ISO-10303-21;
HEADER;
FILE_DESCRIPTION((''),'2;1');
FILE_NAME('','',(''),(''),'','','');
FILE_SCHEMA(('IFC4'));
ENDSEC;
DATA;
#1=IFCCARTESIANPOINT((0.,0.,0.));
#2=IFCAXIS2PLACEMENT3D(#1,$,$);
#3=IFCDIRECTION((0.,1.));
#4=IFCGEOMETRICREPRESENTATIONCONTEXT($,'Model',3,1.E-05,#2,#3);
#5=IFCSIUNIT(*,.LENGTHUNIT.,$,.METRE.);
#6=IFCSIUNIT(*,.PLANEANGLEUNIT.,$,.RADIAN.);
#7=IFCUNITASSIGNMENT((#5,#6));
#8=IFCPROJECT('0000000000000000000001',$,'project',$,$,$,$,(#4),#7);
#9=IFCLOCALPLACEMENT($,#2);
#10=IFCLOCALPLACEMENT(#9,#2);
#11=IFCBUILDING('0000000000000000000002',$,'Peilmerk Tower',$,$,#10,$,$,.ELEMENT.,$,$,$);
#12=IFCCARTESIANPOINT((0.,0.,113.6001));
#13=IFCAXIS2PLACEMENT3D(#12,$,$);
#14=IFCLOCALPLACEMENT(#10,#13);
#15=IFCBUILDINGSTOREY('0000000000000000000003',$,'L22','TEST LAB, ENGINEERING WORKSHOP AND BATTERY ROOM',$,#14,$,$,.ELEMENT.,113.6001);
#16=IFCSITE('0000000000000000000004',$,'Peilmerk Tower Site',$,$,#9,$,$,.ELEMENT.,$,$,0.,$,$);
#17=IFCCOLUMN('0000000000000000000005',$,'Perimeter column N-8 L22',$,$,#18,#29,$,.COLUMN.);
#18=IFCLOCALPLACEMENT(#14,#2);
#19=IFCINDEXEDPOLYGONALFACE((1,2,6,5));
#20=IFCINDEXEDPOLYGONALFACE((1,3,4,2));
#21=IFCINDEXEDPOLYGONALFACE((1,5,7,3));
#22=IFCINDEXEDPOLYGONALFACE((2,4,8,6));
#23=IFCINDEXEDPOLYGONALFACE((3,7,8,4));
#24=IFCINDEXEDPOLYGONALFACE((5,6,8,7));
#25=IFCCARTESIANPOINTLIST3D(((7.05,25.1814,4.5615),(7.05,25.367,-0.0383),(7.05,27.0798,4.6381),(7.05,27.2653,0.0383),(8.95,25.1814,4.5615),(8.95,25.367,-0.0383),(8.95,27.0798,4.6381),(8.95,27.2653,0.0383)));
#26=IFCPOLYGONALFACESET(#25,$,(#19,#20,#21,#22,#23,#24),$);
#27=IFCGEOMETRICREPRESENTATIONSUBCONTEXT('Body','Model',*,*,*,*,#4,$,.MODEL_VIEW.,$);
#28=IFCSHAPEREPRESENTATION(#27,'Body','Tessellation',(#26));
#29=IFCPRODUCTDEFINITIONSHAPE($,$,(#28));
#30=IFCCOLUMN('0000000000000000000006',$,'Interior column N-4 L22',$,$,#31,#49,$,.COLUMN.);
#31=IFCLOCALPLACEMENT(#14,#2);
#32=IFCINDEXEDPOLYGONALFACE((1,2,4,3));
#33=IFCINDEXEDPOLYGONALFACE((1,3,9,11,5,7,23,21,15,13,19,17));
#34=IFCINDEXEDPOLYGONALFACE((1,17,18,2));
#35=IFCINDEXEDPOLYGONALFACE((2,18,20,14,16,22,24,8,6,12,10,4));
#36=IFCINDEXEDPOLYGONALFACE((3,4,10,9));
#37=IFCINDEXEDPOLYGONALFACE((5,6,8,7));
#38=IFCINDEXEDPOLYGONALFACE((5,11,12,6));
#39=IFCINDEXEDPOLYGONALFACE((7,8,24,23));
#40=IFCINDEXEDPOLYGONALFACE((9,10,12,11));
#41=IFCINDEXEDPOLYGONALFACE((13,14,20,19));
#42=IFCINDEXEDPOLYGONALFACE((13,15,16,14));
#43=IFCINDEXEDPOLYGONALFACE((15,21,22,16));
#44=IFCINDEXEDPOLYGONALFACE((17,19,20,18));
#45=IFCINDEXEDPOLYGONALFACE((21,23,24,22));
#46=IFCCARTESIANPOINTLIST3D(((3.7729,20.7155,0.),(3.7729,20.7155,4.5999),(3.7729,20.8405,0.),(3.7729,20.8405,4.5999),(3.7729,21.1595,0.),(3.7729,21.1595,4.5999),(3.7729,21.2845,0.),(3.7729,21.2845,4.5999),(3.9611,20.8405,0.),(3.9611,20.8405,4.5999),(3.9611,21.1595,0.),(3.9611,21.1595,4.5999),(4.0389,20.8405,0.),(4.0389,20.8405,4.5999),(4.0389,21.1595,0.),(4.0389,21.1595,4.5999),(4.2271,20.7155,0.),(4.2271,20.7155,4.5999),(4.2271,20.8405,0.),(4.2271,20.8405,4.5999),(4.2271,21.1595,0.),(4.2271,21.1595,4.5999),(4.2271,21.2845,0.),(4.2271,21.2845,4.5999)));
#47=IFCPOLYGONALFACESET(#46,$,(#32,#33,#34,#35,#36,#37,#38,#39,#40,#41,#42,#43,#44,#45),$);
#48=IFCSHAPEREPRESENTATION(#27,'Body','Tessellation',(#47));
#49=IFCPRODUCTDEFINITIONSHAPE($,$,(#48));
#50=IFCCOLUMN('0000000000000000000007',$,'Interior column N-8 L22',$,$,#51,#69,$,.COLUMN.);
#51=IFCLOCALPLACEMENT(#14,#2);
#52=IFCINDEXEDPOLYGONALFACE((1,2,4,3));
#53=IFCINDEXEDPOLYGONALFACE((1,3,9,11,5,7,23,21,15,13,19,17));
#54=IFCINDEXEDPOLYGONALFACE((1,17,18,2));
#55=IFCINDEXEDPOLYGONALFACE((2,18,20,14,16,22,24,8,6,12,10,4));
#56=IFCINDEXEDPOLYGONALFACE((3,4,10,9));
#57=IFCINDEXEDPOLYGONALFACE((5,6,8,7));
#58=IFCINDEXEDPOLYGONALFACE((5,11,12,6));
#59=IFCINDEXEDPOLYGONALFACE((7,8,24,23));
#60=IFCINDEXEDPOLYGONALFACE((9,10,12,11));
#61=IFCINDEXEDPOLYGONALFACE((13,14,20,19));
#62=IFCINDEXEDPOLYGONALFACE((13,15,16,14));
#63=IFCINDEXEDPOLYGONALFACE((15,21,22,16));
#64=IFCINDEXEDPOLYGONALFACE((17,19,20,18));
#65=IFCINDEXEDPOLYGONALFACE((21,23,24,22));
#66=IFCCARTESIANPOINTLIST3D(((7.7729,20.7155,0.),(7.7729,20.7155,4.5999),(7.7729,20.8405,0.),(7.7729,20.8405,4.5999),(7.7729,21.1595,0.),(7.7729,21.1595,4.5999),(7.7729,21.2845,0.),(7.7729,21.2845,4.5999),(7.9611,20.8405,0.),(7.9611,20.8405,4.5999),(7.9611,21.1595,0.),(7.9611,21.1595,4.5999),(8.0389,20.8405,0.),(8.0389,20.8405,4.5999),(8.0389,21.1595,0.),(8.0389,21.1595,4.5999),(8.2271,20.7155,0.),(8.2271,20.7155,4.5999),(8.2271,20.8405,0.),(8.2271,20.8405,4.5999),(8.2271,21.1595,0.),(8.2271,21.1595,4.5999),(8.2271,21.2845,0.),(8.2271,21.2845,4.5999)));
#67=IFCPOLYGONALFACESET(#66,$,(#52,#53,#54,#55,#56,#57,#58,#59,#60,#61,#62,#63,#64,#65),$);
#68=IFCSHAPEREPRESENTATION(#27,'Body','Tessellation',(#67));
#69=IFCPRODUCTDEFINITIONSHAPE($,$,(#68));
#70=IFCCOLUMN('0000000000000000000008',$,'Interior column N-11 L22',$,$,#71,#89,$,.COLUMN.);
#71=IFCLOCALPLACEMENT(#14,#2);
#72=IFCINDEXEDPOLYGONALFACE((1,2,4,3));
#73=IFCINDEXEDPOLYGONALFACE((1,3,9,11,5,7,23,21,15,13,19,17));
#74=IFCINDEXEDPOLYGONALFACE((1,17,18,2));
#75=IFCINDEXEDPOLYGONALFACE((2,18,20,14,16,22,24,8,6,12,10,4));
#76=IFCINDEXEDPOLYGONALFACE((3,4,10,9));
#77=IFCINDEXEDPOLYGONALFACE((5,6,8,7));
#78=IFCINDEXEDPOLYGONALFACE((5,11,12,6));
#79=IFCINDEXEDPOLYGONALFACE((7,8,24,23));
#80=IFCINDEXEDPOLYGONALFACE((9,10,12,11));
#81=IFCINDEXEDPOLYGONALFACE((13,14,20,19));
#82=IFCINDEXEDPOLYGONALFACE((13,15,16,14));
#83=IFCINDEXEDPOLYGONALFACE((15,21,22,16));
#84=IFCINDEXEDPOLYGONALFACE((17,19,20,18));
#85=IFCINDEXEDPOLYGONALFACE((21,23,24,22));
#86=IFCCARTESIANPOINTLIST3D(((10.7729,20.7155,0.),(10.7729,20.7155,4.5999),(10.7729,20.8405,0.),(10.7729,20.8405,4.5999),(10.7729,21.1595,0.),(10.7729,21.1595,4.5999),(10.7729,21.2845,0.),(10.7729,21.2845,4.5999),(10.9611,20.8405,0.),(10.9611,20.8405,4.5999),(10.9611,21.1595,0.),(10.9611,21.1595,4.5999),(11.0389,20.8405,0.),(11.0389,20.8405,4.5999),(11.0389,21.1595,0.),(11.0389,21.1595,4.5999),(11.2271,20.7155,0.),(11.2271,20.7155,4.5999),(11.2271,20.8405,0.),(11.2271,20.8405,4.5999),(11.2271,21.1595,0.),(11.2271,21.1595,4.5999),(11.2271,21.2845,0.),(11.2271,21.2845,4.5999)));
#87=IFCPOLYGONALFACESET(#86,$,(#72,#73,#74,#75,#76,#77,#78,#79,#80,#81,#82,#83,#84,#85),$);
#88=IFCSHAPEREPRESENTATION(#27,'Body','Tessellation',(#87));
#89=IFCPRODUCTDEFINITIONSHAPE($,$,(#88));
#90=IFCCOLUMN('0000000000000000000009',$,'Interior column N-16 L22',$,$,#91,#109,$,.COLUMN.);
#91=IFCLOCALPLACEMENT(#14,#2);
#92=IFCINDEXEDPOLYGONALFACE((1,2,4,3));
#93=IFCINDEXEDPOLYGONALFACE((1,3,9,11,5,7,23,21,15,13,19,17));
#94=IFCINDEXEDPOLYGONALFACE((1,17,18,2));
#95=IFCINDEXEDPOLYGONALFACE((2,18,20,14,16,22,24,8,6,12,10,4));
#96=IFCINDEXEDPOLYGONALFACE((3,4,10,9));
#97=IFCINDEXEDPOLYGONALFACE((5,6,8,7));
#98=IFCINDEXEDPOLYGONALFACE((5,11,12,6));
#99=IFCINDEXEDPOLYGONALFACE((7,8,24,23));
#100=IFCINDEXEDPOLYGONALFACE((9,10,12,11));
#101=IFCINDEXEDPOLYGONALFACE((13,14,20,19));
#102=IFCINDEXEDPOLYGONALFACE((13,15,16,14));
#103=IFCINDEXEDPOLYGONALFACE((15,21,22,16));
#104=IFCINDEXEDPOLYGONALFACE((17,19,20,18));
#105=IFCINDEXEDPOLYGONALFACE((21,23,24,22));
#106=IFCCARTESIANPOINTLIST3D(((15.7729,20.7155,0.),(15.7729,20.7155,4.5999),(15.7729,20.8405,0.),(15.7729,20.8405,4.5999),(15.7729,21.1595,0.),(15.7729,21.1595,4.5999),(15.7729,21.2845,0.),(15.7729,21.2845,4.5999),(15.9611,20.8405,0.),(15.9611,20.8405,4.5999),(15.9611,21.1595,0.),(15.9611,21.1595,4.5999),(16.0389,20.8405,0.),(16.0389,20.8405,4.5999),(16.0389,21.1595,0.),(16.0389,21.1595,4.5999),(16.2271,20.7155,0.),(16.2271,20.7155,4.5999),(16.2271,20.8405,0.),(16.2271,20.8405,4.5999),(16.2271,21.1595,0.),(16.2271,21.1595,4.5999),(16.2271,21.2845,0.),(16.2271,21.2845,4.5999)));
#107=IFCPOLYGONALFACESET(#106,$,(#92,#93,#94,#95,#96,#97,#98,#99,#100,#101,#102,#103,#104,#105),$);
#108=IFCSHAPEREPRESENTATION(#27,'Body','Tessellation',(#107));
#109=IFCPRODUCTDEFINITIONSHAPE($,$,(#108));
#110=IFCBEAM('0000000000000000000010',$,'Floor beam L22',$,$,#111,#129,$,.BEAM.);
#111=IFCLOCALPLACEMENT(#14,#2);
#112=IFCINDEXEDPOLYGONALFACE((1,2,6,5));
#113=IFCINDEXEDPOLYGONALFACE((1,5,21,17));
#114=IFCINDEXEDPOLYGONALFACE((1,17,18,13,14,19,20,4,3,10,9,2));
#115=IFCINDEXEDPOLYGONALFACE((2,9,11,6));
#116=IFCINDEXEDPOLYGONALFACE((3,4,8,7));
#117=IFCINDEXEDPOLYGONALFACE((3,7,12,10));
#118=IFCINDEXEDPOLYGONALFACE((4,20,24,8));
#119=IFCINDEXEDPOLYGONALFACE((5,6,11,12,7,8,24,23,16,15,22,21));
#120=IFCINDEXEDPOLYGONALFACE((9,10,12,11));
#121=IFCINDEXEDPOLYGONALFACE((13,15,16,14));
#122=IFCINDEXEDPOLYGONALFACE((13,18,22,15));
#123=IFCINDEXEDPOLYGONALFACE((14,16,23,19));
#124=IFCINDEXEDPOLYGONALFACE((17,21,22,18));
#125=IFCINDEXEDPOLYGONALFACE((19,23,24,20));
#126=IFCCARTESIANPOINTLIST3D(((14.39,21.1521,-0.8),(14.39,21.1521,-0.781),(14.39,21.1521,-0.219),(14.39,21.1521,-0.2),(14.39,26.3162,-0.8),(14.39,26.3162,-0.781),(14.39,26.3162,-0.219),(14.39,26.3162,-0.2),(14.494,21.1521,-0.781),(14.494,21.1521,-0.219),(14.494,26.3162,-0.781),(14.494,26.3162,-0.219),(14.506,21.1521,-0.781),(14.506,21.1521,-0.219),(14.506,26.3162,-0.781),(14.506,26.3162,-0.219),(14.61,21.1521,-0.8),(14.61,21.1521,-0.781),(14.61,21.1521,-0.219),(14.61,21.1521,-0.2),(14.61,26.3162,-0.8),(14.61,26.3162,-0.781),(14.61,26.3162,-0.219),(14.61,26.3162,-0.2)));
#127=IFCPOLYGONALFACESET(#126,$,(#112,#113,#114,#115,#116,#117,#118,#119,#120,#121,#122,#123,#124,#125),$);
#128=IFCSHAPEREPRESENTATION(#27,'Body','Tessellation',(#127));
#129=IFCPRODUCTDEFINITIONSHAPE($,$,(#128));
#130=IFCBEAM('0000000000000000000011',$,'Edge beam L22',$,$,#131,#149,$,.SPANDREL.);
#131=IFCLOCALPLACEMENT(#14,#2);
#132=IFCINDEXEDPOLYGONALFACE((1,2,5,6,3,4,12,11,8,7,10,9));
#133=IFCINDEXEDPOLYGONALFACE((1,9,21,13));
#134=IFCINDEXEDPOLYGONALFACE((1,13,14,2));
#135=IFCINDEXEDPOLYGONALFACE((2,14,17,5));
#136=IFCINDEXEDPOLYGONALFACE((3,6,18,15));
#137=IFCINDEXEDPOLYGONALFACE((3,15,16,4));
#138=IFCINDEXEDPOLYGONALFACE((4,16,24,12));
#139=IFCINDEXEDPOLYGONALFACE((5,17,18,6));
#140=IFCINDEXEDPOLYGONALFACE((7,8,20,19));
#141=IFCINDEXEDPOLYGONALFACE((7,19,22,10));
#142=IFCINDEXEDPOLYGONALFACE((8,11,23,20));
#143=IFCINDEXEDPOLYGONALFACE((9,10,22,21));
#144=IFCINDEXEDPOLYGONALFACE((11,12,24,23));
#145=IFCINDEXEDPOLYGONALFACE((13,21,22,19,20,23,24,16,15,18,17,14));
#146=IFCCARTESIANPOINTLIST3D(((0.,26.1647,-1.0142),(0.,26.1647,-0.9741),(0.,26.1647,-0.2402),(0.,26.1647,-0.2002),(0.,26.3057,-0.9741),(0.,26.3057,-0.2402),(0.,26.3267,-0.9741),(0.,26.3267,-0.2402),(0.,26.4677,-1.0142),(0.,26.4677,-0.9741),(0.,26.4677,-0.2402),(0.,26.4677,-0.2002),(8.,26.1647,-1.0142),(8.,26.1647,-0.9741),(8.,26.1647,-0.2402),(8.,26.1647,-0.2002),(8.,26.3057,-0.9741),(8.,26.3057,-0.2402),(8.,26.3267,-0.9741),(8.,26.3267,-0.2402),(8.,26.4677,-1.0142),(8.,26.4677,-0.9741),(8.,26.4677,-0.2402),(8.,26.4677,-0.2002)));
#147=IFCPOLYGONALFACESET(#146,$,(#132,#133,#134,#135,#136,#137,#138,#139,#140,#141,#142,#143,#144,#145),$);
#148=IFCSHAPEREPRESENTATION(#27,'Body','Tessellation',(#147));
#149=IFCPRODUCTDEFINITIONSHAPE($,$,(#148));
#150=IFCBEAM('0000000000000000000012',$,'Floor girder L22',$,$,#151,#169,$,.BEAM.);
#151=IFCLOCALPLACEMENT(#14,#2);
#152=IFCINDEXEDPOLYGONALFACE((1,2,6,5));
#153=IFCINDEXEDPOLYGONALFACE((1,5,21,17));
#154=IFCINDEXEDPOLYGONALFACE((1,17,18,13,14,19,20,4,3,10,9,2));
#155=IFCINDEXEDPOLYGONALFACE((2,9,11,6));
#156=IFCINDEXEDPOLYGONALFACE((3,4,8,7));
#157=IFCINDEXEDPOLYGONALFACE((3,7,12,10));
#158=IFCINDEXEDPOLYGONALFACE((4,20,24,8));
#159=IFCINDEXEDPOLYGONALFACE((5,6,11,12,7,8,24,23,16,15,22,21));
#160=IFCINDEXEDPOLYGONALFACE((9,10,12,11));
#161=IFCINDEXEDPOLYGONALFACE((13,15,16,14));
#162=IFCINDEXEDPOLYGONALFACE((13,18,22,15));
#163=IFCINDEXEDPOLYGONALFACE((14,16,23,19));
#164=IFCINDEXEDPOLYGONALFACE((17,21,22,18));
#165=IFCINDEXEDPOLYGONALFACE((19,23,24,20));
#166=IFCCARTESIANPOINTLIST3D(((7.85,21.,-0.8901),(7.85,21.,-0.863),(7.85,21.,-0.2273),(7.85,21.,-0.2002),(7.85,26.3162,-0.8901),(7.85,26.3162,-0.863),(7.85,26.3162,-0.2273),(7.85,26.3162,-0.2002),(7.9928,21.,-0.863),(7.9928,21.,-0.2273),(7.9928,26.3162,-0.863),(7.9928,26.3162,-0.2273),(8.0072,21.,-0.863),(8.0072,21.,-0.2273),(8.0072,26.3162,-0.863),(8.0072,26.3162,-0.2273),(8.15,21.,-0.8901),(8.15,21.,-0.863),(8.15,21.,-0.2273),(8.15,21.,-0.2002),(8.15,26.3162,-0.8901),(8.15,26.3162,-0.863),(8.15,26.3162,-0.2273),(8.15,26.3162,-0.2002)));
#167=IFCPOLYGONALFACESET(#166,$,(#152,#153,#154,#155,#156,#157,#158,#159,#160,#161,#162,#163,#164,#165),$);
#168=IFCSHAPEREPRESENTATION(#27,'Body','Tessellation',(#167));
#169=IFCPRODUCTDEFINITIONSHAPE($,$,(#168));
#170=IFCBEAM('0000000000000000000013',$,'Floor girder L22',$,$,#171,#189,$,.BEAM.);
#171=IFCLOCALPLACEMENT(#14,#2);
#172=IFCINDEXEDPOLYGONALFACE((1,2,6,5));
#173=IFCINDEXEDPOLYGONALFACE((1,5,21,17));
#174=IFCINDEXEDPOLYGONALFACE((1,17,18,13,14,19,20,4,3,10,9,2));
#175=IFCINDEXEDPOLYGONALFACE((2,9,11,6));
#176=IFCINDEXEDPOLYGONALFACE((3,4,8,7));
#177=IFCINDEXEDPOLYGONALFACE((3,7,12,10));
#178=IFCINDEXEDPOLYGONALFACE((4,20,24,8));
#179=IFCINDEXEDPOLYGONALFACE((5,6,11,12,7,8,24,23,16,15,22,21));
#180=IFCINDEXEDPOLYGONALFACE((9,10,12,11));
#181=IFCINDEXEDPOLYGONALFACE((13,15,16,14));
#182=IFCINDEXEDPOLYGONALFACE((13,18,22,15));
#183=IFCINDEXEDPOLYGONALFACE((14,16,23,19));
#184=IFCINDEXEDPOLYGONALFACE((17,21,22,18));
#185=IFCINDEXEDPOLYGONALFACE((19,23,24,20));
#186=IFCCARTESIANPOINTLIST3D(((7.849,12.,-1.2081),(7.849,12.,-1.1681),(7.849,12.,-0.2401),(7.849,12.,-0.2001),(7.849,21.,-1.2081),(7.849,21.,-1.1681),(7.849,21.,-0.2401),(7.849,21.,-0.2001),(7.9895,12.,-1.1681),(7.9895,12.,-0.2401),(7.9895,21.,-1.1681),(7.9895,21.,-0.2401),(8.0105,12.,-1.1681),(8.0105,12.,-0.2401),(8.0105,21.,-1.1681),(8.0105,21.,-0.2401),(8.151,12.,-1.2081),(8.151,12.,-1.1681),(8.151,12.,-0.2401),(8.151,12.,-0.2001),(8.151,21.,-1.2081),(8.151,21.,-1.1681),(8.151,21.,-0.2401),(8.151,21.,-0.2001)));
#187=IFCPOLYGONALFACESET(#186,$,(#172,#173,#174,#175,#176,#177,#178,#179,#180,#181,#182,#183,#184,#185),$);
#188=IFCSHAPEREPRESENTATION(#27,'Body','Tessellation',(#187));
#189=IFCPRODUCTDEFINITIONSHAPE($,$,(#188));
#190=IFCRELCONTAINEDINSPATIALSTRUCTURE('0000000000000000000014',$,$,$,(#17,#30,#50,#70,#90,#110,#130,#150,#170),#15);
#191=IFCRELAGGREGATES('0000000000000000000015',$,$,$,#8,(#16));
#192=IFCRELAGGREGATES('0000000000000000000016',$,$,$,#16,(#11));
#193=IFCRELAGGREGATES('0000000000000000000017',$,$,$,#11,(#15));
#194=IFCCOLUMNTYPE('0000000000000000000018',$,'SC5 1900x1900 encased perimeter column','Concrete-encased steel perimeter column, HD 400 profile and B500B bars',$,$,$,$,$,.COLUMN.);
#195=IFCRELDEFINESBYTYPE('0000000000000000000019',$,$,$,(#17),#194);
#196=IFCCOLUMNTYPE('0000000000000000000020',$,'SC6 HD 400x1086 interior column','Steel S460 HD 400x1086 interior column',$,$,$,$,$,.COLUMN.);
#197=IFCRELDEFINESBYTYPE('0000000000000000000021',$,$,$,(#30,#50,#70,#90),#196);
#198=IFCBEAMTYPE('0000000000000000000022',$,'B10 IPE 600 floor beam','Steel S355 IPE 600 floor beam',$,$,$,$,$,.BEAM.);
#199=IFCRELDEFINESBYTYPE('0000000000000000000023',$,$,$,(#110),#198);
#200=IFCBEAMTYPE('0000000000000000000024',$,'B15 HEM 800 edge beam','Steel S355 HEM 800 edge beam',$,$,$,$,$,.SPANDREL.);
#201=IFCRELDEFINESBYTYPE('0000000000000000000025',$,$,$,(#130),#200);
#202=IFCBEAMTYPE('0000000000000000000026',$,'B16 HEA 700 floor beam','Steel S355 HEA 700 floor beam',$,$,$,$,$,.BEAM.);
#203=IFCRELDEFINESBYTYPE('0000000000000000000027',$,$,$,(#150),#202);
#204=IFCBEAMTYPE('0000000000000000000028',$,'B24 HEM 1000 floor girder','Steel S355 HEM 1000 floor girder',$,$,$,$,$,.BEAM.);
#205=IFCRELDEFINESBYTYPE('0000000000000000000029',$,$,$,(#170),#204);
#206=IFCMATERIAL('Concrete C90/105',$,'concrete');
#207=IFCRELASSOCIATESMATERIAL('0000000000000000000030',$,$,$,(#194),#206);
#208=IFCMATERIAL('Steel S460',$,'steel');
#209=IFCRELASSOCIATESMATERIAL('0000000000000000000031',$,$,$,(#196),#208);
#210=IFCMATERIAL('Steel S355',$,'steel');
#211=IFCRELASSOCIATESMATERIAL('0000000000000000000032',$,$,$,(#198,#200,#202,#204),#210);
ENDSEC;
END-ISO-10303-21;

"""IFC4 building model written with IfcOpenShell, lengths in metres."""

from ifc_helpers import new_model, si_unit, direction, frame, origin, origin_2d, place, context, subcontext, project, spatial, rectangle, i_section, extrude, material, material_profile, profile_set, type_object, element, save


model = new_model("IFC4")

# Units and contexts
model_context = context("Model", 3, precision=1e-05, world=origin(), true_north=direction((0.0, 1.0)))
body_context = subcontext(model_context, "Body", "Model", "MODEL_VIEW")
ifc_project = project(units=[si_unit("LENGTHUNIT", "METRE"), si_unit("PLANEANGLEUNIT", "RADIAN")], contexts=[model_context])

# Site, building, storey
site_placement = place(None, origin())
site = spatial("IfcSite", under=ifc_project, at=site_placement, Name="Peilmerk Tower Site", CompositionType="ELEMENT", RefElevation=0.0)
building_placement = place(site_placement, origin())
building = spatial("IfcBuilding", under=site, at=building_placement, Name="Peilmerk Tower", CompositionType="ELEMENT")
storey_placement = place(building_placement, frame((0.0, 0.0, 113.6001)))
storey = spatial("IfcBuildingStorey", under=building, at=storey_placement, Name="L22", Description="TEST LAB, ENGINEERING WORKSHOP AND BATTERY ROOM", CompositionType="ELEMENT", Elevation=113.6001)

# Columns
ifc_material_1 = material(Name="Concrete C90/105", Category="concrete")
ifc_material_profile_1 = material_profile(ifc_material_1, rectangle(XDim=1.8999, YDim=1.8999, at=origin_2d()), Name="RC 1900x1900")
ifc_profile_set_1 = profile_set([ifc_material_profile_1], Name="Concrete C90/105")
column_type_1 = type_object("IfcColumnType", Name="SC5 1900x1900 encased perimeter column", Description="Concrete-encased steel perimeter column, HD 400 profile and B500B bars", PredefinedType="COLUMN", material=ifc_profile_set_1)
column_placement = place(storey_placement, frame((8.0, 26.3162, 0.0), z_axis=(0.0, -0.040305, 0.999187), x_axis=(1.0, 0.0, 0.0)))
element("IfcColumn", 1, at=column_placement, inside=storey, type_object=column_type_1, Name="Perimeter column N-8 L22", PredefinedType="COLUMN", context=body_context, shape_type="SweptSolid", body=[
    extrude(rectangle(XDim=1.8999, YDim=1.8999, at=origin_2d()), origin(), (0.0, 0.0, 1.0), 4.6035),
])
ifc_material_2 = material(Name="Steel S460", Category="steel")
ifc_material_profile_2 = material_profile(ifc_material_2, i_section(OverallWidth=0.4541, OverallDepth=0.5691, WebThickness=0.0779, FlangeThickness=0.125, at=origin_2d()), Name="HD 400x1086")
ifc_profile_set_2 = profile_set([ifc_material_profile_2], Name="Steel S460")
column_type_2 = type_object("IfcColumnType", Name="SC6 HD 400x1086 interior column", Description="Steel S460 HD 400x1086 interior column", PredefinedType="COLUMN", material=ifc_profile_set_2)
for number, where, z_axis, x_axis, name in (
    (2, (4.0, 21.0, 0.0), (0.0, 0.0, 1.0), (1.0, 0.0, 0.0), "Interior column N-4 L22"),
    (3, (8.0, 21.0, 0.0), (0.0, 0.0, 1.0), (1.0, 0.0, 0.0), "Interior column N-8 L22"),
    (4, (11.0, 21.0, 0.0), (0.0, 0.0, 1.0), (1.0, 0.0, 0.0), "Interior column N-11 L22"),
    (5, (16.0, 21.0, 0.0), (0.0, 0.0, 1.0), (1.0, 0.0, 0.0), "Interior column N-16 L22"),
):
    element("IfcColumn", number, at=place(storey_placement, frame(where, z_axis=z_axis, x_axis=x_axis)), inside=storey, type_object=column_type_2, Name=name, PredefinedType="COLUMN", context=body_context, shape_type="SweptSolid", body=[
        extrude(i_section(OverallWidth=0.4541, OverallDepth=0.5691, WebThickness=0.0779, FlangeThickness=0.125, at=origin_2d()), origin(), (0.0, 0.0, 1.0), 4.5999),
    ])

# Beams
ifc_material_3 = material(Name="Steel S355", Category="steel")
ifc_material_profile_3 = material_profile(ifc_material_3, i_section(OverallWidth=0.22, OverallDepth=0.6001, WebThickness=0.012, FlangeThickness=0.019, at=origin_2d()), Name="IPE 600")
ifc_profile_set_3 = profile_set([ifc_material_profile_3], Name="Steel S355")
beam_type_1 = type_object("IfcBeamType", Name="B10 IPE 600 floor beam", Description="Steel S355 IPE 600 floor beam", PredefinedType="BEAM", material=ifc_profile_set_3)
beam_1_placement = place(storey_placement, frame((14.5, 21.1521, -0.5), z_axis=(0.0, 1.0, 0.0), x_axis=(-1.0, 0.0, 0.0)))
element("IfcBeam", 6, at=beam_1_placement, inside=storey, type_object=beam_type_1, Name="Floor beam L22", PredefinedType="BEAM", context=body_context, shape_type="SweptSolid", body=[
    extrude(i_section(OverallWidth=0.22, OverallDepth=0.6001, WebThickness=0.012, FlangeThickness=0.019, at=origin_2d()), origin(), (0.0, 0.0, 1.0), 5.1641),
])
ifc_material_profile_4 = material_profile(ifc_material_3, i_section(OverallWidth=0.303, OverallDepth=0.814, WebThickness=0.021, FlangeThickness=0.04, at=origin_2d()), Name="HEM 800")
ifc_profile_set_4 = profile_set([ifc_material_profile_4], Name="Steel S355")
beam_type_2 = type_object("IfcBeamType", Name="B15 HEM 800 edge beam", Description="Steel S355 HEM 800 edge beam", PredefinedType="SPANDREL", material=ifc_profile_set_4)
beam_2_placement = place(storey_placement, frame((8.0, 26.3162, -0.6072), z_axis=(-1.0, 0.0, 0.0), x_axis=(0.0, -1.0, 0.0)))
element("IfcBeam", 7, at=beam_2_placement, inside=storey, type_object=beam_type_2, Name="Edge beam L22", PredefinedType="SPANDREL", context=body_context, shape_type="SweptSolid", body=[
    extrude(i_section(OverallWidth=0.303, OverallDepth=0.814, WebThickness=0.021, FlangeThickness=0.04, at=origin_2d()), origin(), (0.0, 0.0, 1.0), 8.0),
])
ifc_material_profile_5 = material_profile(ifc_material_3, i_section(OverallWidth=0.3, OverallDepth=0.6899, WebThickness=0.0144, FlangeThickness=0.0271, at=origin_2d()), Name="HEA 700")
ifc_profile_set_5 = profile_set([ifc_material_profile_5], Name="Steel S355")
beam_type_3 = type_object("IfcBeamType", Name="B16 HEA 700 floor beam", Description="Steel S355 HEA 700 floor beam", PredefinedType="BEAM", material=ifc_profile_set_5)
beam_3_placement = place(storey_placement, frame((8.0, 21.0, -0.5452), z_axis=(0.0, 1.0, 0.0), x_axis=(-1.0, 0.0, 0.0)))
element("IfcBeam", 8, at=beam_3_placement, inside=storey, type_object=beam_type_3, Name="Floor girder L22", PredefinedType="BEAM", context=body_context, shape_type="SweptSolid", body=[
    extrude(i_section(OverallWidth=0.3, OverallDepth=0.6899, WebThickness=0.0144, FlangeThickness=0.0271, at=origin_2d()), origin(), (0.0, 0.0, 1.0), 5.3162),
])
ifc_material_profile_6 = material_profile(ifc_material_3, i_section(OverallWidth=0.302, OverallDepth=1.0081, WebThickness=0.021, FlangeThickness=0.04, at=origin_2d()), Name="HEM 1000")
ifc_profile_set_6 = profile_set([ifc_material_profile_6], Name="Steel S355")
beam_type_4 = type_object("IfcBeamType", Name="B24 HEM 1000 floor girder", Description="Steel S355 HEM 1000 floor girder", PredefinedType="BEAM", material=ifc_profile_set_6)
beam_4_placement = place(storey_placement, frame((8.0, 12.0, -0.7041), z_axis=(0.0, 1.0, 0.0), x_axis=(-1.0, 0.0, 0.0)))
element("IfcBeam", 9, at=beam_4_placement, inside=storey, type_object=beam_type_4, Name="Floor girder L22", PredefinedType="BEAM", context=body_context, shape_type="SweptSolid", body=[
    extrude(i_section(OverallWidth=0.302, OverallDepth=1.0081, WebThickness=0.021, FlangeThickness=0.04, at=origin_2d()), origin(), (0.0, 0.0, 1.0), 9.0),
])

save(model, "model.ifc")
